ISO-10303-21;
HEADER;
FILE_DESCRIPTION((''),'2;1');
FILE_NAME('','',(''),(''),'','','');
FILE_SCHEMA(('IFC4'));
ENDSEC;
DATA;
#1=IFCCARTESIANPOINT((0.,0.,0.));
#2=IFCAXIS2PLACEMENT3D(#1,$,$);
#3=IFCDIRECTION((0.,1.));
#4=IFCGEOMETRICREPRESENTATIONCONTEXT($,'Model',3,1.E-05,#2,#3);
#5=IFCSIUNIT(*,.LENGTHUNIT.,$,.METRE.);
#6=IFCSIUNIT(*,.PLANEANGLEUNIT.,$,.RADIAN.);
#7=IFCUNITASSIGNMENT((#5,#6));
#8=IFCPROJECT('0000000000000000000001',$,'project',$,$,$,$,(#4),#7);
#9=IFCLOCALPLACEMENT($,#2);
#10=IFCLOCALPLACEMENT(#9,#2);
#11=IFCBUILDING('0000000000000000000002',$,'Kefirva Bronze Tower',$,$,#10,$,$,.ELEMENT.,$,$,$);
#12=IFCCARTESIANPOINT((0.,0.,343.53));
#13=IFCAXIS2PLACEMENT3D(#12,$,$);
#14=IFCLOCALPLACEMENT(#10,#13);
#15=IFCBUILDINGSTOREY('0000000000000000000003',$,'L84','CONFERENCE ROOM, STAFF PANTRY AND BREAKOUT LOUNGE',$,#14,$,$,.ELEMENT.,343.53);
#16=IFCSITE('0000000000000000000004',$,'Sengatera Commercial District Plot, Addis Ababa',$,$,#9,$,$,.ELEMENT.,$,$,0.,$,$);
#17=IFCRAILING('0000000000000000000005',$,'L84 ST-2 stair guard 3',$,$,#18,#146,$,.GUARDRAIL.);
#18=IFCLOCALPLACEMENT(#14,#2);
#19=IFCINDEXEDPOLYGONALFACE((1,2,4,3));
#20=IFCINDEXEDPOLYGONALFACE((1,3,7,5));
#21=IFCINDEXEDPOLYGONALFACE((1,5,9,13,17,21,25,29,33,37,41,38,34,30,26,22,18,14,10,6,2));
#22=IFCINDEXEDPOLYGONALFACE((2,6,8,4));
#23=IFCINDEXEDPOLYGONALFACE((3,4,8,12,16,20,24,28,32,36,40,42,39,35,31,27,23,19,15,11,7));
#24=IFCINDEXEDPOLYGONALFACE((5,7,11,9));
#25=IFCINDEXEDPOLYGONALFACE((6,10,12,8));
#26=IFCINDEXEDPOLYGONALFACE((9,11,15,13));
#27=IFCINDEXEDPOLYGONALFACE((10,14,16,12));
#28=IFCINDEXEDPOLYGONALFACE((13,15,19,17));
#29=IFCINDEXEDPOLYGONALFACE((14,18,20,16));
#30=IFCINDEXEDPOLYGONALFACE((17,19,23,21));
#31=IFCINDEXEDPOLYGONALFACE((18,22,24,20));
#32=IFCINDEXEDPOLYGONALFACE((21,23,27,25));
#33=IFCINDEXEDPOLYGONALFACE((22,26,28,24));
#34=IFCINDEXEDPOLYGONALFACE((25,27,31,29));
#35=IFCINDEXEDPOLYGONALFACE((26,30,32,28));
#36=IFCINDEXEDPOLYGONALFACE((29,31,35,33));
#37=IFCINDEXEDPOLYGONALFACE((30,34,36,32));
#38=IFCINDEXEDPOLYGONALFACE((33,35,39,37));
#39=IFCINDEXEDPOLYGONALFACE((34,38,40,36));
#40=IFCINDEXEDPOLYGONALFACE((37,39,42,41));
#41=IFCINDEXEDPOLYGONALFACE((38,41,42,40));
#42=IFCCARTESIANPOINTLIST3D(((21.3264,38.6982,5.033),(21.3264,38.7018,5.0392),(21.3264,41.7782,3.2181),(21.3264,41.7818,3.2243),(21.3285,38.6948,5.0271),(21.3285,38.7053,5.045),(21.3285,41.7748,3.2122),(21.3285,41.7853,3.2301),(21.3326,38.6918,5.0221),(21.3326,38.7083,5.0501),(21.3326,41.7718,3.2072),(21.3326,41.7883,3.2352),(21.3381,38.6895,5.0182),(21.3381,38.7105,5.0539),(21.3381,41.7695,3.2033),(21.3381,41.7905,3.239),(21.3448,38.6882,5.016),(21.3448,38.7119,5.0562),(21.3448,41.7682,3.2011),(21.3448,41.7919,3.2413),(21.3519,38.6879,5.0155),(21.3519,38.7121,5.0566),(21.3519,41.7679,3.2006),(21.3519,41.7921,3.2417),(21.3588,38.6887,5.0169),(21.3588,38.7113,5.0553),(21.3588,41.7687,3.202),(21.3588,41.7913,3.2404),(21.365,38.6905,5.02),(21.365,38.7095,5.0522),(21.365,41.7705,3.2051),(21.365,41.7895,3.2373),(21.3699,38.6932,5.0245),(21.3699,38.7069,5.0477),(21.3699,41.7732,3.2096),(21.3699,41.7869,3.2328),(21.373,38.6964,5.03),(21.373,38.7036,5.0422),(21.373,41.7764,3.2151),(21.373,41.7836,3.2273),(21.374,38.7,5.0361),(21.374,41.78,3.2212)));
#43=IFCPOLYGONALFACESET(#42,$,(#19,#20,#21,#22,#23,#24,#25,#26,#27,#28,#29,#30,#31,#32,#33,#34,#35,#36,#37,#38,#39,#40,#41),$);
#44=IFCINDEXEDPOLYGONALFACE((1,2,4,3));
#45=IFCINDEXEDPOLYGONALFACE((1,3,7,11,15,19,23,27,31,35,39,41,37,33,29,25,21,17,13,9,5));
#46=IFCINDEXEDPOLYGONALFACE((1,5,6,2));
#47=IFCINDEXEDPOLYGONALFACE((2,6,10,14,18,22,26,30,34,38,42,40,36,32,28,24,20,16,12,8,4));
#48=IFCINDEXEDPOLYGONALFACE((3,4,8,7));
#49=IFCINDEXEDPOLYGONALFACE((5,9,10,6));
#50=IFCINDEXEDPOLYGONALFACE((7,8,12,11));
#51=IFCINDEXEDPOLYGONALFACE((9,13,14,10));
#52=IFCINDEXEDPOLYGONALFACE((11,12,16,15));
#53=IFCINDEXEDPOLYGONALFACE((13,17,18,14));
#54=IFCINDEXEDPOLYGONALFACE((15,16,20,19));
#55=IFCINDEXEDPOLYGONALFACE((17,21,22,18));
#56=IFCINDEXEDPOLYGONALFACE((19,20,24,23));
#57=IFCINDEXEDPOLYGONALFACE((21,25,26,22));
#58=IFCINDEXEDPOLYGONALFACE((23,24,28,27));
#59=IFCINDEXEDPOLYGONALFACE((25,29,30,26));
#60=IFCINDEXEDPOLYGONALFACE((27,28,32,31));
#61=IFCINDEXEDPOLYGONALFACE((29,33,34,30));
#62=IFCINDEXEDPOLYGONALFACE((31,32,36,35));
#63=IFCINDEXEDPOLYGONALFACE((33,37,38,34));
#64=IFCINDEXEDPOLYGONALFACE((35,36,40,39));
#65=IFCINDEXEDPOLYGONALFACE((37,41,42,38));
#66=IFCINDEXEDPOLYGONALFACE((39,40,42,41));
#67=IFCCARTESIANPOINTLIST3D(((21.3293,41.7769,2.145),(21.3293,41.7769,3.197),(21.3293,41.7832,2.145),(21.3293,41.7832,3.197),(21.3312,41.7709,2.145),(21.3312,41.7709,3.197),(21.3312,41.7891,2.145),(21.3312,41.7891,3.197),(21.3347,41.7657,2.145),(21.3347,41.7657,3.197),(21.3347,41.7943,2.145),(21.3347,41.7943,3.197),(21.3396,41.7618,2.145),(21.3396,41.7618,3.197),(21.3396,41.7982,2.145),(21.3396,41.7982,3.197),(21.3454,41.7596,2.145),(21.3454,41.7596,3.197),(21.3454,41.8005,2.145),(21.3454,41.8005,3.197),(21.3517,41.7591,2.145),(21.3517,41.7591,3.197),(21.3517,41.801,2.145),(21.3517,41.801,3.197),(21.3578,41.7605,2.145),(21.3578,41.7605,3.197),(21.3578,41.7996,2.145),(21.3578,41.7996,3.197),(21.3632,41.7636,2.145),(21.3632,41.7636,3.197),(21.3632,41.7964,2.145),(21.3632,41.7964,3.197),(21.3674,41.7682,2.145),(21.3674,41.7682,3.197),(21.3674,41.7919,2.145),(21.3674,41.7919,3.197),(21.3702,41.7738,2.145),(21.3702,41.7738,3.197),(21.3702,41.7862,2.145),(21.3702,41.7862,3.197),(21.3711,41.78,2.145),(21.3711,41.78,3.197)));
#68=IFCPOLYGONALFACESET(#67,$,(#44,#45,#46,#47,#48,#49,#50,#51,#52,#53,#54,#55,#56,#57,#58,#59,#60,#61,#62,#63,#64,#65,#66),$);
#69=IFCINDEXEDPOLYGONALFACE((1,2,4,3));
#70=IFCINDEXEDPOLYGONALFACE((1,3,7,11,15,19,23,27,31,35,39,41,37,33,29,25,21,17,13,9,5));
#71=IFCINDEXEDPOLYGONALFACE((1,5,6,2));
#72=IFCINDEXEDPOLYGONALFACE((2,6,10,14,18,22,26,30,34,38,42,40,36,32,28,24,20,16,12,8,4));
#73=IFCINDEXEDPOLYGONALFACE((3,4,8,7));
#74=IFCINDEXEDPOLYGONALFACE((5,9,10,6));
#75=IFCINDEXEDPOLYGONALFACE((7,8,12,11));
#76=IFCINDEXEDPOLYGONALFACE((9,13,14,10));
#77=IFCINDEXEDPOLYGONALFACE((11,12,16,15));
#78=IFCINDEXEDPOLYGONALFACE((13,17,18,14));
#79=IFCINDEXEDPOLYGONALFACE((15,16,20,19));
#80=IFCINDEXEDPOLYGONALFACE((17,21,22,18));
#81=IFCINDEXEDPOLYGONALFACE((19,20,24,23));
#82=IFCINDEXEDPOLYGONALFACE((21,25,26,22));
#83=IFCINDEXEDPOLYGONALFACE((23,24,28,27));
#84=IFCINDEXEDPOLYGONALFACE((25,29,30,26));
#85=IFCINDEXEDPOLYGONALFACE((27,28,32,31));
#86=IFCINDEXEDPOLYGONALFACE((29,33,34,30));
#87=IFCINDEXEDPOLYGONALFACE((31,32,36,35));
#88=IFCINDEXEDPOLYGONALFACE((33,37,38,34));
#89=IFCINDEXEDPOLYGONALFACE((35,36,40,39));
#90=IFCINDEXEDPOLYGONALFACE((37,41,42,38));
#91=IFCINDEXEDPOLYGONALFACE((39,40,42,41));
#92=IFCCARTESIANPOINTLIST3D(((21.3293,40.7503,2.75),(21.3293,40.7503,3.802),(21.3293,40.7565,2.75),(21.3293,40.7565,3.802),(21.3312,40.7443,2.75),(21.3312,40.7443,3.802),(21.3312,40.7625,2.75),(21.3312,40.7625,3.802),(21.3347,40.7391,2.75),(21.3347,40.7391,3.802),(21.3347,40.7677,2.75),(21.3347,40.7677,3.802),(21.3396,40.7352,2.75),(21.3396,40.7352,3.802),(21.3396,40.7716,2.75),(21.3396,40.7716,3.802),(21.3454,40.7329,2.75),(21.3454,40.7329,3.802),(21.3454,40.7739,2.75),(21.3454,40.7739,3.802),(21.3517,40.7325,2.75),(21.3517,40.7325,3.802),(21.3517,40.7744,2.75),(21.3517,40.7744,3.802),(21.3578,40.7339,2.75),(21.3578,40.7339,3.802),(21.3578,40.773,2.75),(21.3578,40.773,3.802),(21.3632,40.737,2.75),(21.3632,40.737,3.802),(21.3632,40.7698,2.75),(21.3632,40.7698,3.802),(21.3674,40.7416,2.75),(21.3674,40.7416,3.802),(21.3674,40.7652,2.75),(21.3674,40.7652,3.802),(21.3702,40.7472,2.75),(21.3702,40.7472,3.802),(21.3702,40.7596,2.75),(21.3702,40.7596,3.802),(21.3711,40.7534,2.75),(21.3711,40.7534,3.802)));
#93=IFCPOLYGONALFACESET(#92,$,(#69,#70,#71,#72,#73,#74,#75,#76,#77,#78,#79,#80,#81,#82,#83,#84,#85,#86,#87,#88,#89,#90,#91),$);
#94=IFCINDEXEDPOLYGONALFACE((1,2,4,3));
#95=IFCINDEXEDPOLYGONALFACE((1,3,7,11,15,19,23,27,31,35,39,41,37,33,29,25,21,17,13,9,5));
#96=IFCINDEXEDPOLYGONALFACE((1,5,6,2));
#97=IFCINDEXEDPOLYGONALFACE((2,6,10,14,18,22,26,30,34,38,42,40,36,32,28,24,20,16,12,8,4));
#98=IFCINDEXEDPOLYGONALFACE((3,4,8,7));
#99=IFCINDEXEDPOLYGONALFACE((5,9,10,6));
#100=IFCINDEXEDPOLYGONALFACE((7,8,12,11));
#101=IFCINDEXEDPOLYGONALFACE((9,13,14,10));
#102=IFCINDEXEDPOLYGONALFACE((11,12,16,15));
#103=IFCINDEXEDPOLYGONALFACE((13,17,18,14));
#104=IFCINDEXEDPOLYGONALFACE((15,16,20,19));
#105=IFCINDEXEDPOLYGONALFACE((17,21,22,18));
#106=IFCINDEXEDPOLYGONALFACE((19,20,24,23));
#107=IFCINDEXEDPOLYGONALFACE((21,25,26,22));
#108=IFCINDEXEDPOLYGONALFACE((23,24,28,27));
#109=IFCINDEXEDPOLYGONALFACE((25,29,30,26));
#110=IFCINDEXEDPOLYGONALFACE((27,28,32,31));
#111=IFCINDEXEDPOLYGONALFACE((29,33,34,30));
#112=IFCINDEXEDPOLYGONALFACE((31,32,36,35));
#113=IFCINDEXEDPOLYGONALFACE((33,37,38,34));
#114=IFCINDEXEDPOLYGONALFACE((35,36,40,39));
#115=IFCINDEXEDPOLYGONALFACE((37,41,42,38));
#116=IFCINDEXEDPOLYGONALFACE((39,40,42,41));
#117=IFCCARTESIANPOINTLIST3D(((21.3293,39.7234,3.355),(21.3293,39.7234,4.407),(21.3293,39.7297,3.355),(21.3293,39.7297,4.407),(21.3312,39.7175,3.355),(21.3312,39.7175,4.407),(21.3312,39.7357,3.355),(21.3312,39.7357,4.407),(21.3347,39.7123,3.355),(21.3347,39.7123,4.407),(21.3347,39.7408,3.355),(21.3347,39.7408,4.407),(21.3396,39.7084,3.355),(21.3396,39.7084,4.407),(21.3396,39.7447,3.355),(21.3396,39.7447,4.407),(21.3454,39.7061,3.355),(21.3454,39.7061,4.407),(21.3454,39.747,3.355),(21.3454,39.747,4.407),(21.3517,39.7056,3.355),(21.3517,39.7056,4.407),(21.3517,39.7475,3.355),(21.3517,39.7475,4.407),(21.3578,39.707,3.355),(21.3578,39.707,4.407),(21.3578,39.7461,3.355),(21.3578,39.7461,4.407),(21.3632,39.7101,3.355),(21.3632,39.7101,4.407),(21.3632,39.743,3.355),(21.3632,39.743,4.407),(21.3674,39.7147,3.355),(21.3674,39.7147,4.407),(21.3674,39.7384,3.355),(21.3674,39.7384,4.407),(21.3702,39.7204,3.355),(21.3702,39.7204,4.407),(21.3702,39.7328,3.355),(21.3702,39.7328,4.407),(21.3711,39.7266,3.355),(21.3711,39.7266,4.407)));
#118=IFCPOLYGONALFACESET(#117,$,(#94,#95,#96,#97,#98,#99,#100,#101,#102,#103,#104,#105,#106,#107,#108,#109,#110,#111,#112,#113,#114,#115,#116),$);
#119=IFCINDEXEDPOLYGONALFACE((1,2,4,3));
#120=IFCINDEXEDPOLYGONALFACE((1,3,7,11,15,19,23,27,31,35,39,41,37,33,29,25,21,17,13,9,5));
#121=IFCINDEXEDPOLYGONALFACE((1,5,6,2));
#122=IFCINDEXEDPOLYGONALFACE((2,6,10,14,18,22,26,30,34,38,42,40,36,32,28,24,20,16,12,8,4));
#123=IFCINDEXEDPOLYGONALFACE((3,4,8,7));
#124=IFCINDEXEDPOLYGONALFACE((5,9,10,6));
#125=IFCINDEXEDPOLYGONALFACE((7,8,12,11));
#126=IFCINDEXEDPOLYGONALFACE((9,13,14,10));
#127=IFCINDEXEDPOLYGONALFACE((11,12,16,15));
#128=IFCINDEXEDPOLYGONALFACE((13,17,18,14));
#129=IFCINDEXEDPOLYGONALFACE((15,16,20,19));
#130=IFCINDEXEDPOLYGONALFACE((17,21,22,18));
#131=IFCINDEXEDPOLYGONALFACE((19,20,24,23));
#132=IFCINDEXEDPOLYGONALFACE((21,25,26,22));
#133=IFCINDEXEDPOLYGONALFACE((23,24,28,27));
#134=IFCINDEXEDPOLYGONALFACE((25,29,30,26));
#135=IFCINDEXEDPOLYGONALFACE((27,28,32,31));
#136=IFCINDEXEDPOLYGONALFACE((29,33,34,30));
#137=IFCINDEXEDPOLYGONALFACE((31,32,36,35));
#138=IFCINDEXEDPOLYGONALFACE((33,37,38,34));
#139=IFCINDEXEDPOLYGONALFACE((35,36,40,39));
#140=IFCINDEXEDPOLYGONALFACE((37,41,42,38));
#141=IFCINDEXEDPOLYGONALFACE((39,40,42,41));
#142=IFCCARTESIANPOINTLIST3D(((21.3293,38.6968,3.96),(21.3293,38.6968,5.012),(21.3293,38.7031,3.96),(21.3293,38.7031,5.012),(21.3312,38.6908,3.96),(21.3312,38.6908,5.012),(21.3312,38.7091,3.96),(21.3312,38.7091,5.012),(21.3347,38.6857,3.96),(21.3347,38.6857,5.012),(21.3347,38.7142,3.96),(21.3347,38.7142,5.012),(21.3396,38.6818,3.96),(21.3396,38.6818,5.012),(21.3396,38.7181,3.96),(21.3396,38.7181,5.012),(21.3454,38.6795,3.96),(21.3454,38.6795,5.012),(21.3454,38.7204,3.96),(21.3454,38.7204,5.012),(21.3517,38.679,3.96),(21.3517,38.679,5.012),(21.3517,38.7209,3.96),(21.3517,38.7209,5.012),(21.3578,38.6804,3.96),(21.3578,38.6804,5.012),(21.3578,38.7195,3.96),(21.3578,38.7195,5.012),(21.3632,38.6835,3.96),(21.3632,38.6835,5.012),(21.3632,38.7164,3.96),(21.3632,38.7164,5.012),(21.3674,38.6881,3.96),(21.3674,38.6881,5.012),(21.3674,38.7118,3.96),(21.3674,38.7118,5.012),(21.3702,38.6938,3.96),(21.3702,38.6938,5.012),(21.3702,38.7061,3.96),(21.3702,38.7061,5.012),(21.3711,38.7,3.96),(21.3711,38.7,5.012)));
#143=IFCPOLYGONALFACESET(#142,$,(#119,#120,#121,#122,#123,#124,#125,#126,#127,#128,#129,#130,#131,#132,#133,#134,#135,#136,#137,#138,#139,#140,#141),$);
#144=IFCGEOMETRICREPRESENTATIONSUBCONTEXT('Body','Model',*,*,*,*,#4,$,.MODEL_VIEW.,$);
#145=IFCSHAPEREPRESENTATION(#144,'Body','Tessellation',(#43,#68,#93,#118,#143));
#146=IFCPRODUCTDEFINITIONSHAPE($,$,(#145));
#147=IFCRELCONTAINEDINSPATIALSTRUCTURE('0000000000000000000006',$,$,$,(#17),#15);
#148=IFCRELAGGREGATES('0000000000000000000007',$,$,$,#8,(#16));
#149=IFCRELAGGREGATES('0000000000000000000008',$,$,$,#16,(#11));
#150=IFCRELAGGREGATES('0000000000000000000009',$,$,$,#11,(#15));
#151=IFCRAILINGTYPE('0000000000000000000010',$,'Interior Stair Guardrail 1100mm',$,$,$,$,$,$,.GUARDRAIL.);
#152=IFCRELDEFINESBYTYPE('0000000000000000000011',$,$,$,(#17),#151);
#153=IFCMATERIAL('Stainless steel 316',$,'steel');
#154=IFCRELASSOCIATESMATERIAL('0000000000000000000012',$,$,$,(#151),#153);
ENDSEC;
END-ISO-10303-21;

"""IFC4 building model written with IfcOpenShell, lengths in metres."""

from ifc_helpers import new_model, si_unit, direction, frame, origin, origin_2d, place, context, subcontext, project, spatial, circle, extrude, material, type_object, element, save


model = new_model("IFC4")

# Units and contexts
model_context = context("Model", 3, precision=1e-05, world=origin(), true_north=direction((0.0, 1.0)))
body_context = subcontext(model_context, "Body", "Model", "MODEL_VIEW")
ifc_project = project(units=[si_unit("LENGTHUNIT", "METRE"), si_unit("PLANEANGLEUNIT", "RADIAN")], contexts=[model_context])

# Site, building, storey
site_placement = place(None, origin())
site = spatial("IfcSite", under=ifc_project, at=site_placement, Name="Sengatera Commercial District Plot, Addis Ababa", CompositionType="ELEMENT", RefElevation=0.0)
building_placement = place(site_placement, origin())
building = spatial("IfcBuilding", under=site, at=building_placement, Name="Kefirva Bronze Tower", CompositionType="ELEMENT")
storey_placement = place(building_placement, frame((0.0, 0.0, 343.53)))
storey = spatial("IfcBuildingStorey", under=building, at=storey_placement, Name="L84", Description="CONFERENCE ROOM, STAFF PANTRY AND BREAKOUT LOUNGE", CompositionType="ELEMENT", Elevation=343.53)

# Railing
ifc_material_1 = material(Name="Stainless steel 316", Category="steel")
railing_type_1 = type_object("IfcRailingType", Name="Interior Stair Guardrail 1100mm", PredefinedType="GUARDRAIL", material=ifc_material_1)
railing_1_placement = place(storey_placement, frame((21.3501, 41.78, 2.145)))
element("IfcRailing", 1, at=railing_1_placement, inside=storey, type_object=railing_type_1, Name="L84 ST-2 stair guard 3", PredefinedType="GUARDRAIL", context=body_context, shape_type="SweptSolid", body=[
    extrude(circle(Radius=0.0239, at=origin_2d()), frame((0.0, 0.0, 1.0762), z_axis=(0.0, -0.861551, 0.507671), x_axis=(1.0, 0.0, 0.0)), (0.0, 0.0, 1.0), 3.575),
    extrude(circle(Radius=0.021, at=origin_2d()), origin(), (0.0, 0.0, 1.0), 1.052),
    extrude(circle(Radius=0.021, at=origin_2d()), frame((0.0, -1.0266, 0.605)), (0.0, 0.0, 1.0), 1.052),
    extrude(circle(Radius=0.021, at=origin_2d()), frame((0.0, -2.0535, 1.21)), (0.0, 0.0, 1.0), 1.052),
    extrude(circle(Radius=0.021, at=origin_2d()), frame((0.0, -3.0801, 1.8149)), (0.0, 0.0, 1.0), 1.052),
])

save(model, "model.ifc")
